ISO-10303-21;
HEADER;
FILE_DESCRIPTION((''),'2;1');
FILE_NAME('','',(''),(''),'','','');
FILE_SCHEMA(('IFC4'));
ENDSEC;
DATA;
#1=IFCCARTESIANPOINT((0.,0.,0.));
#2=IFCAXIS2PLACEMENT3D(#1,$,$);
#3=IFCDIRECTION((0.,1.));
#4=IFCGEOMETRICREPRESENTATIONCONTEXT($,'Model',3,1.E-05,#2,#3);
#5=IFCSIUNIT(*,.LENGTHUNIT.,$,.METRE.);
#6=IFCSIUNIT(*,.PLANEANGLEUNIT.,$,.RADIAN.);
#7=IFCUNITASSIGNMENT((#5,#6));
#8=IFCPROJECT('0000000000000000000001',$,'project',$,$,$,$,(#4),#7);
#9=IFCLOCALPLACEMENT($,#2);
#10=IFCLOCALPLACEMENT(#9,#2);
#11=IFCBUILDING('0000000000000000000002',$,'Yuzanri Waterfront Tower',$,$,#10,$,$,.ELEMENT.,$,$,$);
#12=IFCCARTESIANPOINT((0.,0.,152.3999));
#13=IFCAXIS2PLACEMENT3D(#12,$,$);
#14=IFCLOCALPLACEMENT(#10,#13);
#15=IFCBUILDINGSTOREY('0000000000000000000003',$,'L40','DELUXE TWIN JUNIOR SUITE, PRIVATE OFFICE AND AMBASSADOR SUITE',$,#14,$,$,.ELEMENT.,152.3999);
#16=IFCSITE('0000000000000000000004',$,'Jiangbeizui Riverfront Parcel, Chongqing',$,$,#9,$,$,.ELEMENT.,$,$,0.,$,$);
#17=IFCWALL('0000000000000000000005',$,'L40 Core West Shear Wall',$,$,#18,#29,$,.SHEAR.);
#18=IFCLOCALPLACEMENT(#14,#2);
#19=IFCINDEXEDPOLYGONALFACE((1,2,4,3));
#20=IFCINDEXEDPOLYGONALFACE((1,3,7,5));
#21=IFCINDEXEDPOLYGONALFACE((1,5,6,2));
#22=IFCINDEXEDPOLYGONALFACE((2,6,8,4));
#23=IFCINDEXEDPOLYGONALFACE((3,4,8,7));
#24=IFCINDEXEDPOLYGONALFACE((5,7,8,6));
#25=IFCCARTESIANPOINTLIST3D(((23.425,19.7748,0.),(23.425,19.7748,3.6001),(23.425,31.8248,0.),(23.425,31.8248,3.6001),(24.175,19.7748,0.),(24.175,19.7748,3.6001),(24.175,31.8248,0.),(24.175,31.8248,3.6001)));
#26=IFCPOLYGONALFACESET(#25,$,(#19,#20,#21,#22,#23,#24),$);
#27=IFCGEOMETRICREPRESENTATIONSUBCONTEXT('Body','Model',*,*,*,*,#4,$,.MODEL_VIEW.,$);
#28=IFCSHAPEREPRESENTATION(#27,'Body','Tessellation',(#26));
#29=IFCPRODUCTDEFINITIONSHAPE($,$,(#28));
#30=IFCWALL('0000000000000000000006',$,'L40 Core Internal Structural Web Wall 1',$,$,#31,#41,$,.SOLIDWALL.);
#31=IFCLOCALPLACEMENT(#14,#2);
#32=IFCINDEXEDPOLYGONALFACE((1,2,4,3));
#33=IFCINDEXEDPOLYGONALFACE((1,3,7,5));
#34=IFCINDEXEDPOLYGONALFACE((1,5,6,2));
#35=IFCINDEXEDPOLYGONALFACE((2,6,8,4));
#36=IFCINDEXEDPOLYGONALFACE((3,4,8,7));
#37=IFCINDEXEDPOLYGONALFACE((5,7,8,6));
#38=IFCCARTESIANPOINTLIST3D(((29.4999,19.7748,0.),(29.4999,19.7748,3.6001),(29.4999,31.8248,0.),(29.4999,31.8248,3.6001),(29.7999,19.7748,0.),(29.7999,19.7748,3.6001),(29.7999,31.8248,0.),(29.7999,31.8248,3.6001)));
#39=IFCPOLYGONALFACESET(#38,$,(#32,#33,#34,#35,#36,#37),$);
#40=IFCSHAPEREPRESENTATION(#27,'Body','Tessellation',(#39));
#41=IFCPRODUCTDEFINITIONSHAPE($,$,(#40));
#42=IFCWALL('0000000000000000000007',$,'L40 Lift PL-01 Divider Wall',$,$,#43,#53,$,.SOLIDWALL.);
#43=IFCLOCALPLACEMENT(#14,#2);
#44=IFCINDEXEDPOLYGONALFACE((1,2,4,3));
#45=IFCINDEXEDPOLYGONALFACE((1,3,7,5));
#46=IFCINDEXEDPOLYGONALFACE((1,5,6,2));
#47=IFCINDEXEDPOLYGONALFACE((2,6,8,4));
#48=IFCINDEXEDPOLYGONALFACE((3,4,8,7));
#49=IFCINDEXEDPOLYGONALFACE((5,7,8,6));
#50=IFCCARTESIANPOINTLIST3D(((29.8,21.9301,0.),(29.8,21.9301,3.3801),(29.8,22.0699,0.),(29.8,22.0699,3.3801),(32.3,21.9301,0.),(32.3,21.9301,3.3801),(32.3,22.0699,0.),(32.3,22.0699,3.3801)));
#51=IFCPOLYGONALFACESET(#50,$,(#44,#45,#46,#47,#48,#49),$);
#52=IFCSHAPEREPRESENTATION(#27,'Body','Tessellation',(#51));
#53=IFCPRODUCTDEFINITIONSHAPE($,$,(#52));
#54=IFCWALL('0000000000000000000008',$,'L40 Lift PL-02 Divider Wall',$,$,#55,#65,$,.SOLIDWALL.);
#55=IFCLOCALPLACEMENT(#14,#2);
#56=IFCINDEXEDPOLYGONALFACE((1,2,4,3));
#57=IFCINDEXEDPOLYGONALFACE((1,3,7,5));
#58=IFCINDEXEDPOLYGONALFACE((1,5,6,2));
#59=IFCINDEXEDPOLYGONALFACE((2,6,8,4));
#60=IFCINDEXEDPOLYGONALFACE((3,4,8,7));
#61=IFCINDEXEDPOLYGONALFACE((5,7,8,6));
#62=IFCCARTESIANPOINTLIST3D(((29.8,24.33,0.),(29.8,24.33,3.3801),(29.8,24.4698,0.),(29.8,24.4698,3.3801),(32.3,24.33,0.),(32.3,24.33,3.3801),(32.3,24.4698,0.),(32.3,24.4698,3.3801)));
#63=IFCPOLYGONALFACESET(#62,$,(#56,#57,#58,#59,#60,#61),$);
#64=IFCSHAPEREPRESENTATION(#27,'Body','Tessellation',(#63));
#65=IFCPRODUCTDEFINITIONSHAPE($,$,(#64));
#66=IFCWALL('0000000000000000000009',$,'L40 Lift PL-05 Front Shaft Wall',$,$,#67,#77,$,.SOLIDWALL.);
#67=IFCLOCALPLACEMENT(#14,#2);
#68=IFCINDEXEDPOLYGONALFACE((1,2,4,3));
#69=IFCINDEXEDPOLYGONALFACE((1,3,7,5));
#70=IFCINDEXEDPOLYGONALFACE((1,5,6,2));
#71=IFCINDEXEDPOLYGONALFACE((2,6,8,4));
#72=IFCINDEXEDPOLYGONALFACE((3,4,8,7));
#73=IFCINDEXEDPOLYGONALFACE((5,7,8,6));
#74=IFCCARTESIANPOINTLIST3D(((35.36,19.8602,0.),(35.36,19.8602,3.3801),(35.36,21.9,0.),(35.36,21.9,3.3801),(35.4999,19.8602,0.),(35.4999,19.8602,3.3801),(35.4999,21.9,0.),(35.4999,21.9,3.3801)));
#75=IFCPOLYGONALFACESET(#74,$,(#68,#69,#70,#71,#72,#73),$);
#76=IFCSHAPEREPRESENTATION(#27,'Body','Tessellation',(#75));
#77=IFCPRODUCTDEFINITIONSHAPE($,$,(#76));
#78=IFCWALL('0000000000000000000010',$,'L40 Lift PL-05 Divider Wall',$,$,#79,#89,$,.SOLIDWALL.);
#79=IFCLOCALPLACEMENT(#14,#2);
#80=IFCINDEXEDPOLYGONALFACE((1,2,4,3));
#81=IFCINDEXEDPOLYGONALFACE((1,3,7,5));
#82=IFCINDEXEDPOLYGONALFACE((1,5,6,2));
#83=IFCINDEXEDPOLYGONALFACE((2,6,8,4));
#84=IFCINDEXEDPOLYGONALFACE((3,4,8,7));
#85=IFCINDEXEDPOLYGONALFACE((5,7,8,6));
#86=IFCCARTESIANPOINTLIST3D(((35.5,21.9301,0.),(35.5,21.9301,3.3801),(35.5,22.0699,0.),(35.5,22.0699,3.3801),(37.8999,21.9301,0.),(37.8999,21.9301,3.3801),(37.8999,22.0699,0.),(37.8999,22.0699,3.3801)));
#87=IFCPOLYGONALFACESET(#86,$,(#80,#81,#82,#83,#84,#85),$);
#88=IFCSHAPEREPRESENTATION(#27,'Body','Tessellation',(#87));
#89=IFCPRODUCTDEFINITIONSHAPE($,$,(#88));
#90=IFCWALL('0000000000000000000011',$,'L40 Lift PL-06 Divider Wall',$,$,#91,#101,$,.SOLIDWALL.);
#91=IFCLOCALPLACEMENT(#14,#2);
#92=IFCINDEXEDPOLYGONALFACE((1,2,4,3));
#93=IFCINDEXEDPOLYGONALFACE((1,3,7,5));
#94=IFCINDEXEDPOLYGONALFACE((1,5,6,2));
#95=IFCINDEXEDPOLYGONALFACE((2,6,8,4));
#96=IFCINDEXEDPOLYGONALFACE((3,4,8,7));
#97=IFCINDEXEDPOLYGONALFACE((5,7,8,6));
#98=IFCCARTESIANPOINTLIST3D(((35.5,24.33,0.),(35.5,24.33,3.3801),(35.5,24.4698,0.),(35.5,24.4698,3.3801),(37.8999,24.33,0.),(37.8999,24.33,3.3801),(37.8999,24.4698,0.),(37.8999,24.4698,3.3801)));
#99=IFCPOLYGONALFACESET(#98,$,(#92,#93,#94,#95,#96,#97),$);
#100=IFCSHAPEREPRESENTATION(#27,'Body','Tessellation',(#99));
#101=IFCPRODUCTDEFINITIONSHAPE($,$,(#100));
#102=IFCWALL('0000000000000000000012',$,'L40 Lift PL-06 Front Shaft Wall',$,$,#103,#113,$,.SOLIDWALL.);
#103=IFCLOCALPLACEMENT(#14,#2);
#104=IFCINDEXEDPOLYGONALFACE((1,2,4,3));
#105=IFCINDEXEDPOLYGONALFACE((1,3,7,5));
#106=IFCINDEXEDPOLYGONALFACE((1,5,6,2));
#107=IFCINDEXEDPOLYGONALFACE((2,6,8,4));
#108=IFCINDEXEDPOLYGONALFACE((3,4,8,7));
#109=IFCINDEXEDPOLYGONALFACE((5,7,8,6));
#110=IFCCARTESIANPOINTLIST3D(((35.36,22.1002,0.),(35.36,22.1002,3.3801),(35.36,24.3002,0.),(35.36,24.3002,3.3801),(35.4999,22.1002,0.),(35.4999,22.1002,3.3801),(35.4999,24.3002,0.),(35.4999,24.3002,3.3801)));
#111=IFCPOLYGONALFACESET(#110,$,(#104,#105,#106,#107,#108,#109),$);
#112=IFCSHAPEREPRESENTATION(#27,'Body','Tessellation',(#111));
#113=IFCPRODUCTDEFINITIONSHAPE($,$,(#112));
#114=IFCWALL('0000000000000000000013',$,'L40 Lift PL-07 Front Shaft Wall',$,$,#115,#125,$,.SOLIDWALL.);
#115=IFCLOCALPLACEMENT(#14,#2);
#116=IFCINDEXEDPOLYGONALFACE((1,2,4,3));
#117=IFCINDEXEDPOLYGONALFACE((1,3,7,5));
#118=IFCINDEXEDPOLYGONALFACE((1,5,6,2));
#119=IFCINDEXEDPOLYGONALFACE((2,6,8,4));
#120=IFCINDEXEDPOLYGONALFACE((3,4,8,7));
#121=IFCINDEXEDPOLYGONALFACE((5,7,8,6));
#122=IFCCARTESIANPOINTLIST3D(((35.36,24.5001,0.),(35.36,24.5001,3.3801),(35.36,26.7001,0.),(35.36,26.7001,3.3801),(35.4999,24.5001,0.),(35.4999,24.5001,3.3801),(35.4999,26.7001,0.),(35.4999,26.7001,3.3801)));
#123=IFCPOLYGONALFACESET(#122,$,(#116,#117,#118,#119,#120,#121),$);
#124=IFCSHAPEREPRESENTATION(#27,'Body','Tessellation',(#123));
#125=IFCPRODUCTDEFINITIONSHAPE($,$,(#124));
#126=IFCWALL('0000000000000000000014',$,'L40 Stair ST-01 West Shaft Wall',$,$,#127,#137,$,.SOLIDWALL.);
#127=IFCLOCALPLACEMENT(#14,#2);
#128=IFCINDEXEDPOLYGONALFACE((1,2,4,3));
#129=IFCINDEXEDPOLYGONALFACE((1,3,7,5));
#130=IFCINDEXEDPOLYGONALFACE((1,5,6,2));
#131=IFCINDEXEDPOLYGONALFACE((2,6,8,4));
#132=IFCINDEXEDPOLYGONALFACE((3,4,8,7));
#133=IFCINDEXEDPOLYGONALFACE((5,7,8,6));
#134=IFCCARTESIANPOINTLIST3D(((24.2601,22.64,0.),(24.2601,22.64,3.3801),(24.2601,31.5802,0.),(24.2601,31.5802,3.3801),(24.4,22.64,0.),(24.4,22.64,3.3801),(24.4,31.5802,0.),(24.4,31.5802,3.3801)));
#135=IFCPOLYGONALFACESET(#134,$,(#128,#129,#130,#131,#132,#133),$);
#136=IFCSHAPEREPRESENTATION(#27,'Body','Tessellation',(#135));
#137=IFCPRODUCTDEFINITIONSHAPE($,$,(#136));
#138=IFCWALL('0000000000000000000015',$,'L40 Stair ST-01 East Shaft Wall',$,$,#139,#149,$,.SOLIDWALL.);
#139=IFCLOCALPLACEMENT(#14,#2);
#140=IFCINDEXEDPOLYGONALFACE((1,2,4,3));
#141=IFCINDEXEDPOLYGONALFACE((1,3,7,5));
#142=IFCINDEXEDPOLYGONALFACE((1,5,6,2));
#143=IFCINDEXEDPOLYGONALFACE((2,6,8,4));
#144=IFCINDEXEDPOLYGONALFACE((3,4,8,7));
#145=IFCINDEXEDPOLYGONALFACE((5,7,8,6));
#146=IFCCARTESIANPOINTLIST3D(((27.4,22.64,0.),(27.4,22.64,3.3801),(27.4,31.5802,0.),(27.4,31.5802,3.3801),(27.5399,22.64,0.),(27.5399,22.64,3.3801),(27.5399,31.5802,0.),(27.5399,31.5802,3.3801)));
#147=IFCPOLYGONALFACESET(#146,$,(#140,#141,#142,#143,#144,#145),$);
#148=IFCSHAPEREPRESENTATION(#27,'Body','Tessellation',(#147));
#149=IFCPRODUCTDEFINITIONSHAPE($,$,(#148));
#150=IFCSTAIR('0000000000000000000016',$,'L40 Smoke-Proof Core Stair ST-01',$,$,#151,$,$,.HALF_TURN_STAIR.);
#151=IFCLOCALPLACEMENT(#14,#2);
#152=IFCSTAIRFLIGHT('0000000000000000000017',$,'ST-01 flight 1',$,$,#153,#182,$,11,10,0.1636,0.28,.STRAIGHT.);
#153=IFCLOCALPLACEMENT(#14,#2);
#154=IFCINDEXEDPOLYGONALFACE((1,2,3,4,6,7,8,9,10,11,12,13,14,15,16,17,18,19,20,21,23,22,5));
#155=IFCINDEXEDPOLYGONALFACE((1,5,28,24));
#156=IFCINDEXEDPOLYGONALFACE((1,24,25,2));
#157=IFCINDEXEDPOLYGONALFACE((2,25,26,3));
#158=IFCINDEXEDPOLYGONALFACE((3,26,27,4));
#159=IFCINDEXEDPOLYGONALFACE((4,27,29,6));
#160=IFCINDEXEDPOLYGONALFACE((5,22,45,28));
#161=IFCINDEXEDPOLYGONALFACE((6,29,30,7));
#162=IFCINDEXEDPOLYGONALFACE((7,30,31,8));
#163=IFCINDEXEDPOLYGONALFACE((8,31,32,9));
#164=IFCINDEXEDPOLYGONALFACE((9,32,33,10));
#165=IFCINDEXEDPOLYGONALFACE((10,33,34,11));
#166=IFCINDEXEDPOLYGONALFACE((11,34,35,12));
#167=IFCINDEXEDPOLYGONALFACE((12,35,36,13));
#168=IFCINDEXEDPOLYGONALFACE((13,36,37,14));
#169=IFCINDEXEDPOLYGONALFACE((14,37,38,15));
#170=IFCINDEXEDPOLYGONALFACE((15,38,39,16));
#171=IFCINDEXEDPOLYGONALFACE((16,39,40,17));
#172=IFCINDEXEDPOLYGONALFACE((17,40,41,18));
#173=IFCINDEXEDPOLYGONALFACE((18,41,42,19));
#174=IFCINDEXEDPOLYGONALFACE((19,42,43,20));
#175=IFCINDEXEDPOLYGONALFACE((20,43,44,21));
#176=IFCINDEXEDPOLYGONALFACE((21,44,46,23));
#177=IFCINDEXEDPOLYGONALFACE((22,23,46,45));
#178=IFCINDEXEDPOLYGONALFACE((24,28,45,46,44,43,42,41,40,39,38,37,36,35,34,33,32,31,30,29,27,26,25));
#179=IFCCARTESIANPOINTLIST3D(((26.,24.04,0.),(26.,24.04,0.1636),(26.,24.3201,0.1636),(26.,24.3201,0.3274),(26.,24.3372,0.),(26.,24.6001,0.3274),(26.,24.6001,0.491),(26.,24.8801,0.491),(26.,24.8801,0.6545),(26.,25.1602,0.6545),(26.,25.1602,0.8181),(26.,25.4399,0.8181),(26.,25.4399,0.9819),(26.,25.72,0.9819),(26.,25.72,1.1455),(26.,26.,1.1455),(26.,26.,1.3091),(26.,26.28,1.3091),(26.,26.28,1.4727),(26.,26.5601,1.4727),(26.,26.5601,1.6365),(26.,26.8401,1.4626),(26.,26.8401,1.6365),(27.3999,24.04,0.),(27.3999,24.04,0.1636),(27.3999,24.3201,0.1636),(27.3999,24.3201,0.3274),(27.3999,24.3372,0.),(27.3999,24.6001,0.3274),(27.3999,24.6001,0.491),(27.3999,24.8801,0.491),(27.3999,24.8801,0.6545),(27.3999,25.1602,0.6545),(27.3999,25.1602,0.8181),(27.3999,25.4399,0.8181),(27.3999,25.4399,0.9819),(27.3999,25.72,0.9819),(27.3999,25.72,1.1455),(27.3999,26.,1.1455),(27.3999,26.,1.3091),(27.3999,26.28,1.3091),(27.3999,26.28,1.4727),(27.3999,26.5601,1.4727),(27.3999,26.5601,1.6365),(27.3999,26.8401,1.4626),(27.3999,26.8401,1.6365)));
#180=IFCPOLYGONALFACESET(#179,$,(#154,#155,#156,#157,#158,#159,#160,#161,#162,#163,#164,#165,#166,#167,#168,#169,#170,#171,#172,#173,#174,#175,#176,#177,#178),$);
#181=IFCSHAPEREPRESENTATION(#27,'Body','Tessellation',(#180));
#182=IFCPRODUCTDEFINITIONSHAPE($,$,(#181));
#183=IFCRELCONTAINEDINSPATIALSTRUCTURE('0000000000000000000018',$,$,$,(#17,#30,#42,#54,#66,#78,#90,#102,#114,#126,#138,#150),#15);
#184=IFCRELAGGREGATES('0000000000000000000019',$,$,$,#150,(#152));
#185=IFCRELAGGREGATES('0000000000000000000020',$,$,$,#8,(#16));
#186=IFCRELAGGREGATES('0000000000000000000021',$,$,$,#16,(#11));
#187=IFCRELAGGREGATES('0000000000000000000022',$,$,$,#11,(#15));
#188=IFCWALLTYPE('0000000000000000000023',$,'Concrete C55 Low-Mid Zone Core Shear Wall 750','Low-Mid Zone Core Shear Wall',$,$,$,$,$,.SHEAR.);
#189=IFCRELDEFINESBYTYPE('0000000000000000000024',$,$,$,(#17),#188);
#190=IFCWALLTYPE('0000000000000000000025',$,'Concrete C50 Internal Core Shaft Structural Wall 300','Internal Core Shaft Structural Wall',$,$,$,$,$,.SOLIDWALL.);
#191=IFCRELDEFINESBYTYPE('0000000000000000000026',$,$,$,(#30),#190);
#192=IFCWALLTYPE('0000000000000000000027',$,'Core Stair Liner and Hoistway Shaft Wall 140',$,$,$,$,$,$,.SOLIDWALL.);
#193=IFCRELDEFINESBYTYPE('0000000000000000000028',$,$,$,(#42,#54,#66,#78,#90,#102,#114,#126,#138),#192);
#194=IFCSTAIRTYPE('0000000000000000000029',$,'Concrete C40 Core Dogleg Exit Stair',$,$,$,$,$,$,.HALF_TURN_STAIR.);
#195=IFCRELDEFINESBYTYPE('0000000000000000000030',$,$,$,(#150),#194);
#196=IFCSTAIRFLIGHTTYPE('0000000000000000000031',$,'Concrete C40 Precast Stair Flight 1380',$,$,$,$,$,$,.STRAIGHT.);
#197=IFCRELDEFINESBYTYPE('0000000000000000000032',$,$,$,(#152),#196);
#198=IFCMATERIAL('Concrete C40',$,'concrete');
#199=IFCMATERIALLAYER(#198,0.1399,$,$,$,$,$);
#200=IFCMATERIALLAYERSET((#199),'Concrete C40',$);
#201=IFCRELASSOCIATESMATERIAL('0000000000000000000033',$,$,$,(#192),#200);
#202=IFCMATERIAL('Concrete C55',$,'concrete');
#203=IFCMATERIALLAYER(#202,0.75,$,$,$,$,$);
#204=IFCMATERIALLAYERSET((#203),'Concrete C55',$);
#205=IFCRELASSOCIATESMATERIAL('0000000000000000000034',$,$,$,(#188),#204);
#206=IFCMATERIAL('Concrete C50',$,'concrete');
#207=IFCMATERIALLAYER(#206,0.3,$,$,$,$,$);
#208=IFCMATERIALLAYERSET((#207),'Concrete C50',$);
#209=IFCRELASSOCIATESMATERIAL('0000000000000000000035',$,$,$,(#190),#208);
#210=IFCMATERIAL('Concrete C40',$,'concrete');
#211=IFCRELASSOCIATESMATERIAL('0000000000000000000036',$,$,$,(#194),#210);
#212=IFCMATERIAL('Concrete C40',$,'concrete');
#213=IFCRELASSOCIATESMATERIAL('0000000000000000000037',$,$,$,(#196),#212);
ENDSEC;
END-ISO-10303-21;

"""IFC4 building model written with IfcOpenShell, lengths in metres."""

from ifc_helpers import new_model, si_unit, direction, frame, frame_2d, origin, place, context, subcontext, project, spatial, polyline, rectangle, outline, extrude, source, transform, mapped, material, layer, layer_set, type_object, element, aggregate, save


model = new_model("IFC4")

# Units and contexts
model_context = context("Model", 3, precision=1e-05, world=origin(), true_north=direction((0.0, 1.0)))
body_context = subcontext(model_context, "Body", "Model", "MODEL_VIEW")
ifc_project = project(units=[si_unit("LENGTHUNIT", "METRE"), si_unit("PLANEANGLEUNIT", "RADIAN")], contexts=[model_context])

# Site, building, storey
site_placement = place(None, origin())
site = spatial("IfcSite", under=ifc_project, at=site_placement, Name="Jiangbeizui Riverfront Parcel, Chongqing", CompositionType="ELEMENT", RefElevation=0.0)
building_placement = place(site_placement, origin())
building = spatial("IfcBuilding", under=site, at=building_placement, Name="Yuzanri Waterfront Tower", CompositionType="ELEMENT")
storey_placement = place(building_placement, frame((0.0, 0.0, 152.3999)))
storey = spatial("IfcBuildingStorey", under=building, at=storey_placement, Name="L40", Description="DELUXE TWIN JUNIOR SUITE, PRIVATE OFFICE AND AMBASSADOR SUITE", CompositionType="ELEMENT", Elevation=152.3999)

# Shared definitions
ifc_material_1 = material(Name="Concrete C40", Category="concrete")
ifc_layer_1 = layer(ifc_material_1, 0.1399)
ifc_layer_set_1 = layer_set([ifc_layer_1], Name="Concrete C40")
wall_type_1 = type_object("IfcWallType", Name="Core Stair Liner and Hoistway Shaft Wall 140", PredefinedType="SOLIDWALL", material=ifc_layer_set_1)

# Walls
ifc_material_2 = material(Name="Concrete C55", Category="concrete")
ifc_layer_2 = layer(ifc_material_2, 0.75)
ifc_layer_set_2 = layer_set([ifc_layer_2], Name="Concrete C55")
wall_type_2 = type_object("IfcWallType", Name="Concrete C55 Low-Mid Zone Core Shear Wall 750", Description="Low-Mid Zone Core Shear Wall", PredefinedType="SHEAR", material=ifc_layer_set_2)
shared_shape_1 = source(origin(), body_context, "Body", "SweptSolid", [
    extrude(rectangle(XDim=12.05, YDim=0.75, at=frame_2d((6.0249, 0.0))), origin(), (0.0, 0.0, 1.0), 3.6001),
])
wall_1_placement = place(storey_placement, frame((23.8, 19.7749, 0.0), z_axis=(0.0, 0.0, 1.0), x_axis=(0.0, 1.0, 0.0)))
element("IfcWall", 1, at=wall_1_placement, inside=storey, type_object=wall_type_2, Name="L40 Core West Shear Wall", PredefinedType="SHEAR", context=body_context, shape_type="MappedRepresentation", body=[
    mapped(shared_shape_1, transform((0.0, 0.0, 0.0), scale=1.0)),
])
ifc_material_3 = material(Name="Concrete C50", Category="concrete")
ifc_layer_3 = layer(ifc_material_3, 0.3)
ifc_layer_set_3 = layer_set([ifc_layer_3], Name="Concrete C50")
wall_type_3 = type_object("IfcWallType", Name="Concrete C50 Internal Core Shaft Structural Wall 300", Description="Internal Core Shaft Structural Wall", PredefinedType="SOLIDWALL", material=ifc_layer_set_3)
shared_shape_2 = source(origin(), body_context, "Body", "SweptSolid", [
    extrude(rectangle(XDim=12.05, YDim=0.3, at=frame_2d((6.0249, 0.0))), origin(), (0.0, 0.0, 1.0), 3.6001),
])
wall_2_placement = place(storey_placement, frame((29.6499, 19.7749, 0.0), z_axis=(0.0, 0.0, 1.0), x_axis=(0.0, 1.0, 0.0)))
element("IfcWall", 2, at=wall_2_placement, inside=storey, type_object=wall_type_3, Name="L40 Core Internal Structural Web Wall 1", PredefinedType="SOLIDWALL", context=body_context, shape_type="MappedRepresentation", body=[
    mapped(shared_shape_2, transform((0.0, 0.0, 0.0), scale=1.0)),
])
shared_shape_3 = source(origin(), body_context, "Body", "SweptSolid", [
    extrude(rectangle(XDim=2.5, YDim=0.1399, at=frame_2d((1.25, 0.0))), origin(), (0.0, 0.0, 1.0), 3.3801),
])
for number, where, z_axis, x_axis, name in (
    (3, (29.8, 22.0, 0.0), (0.0, 0.0, 1.0), (1.0, 0.0, 0.0), "L40 Lift PL-01 Divider Wall"),
    (4, (29.8, 24.3999, 0.0), (0.0, 0.0, 1.0), (1.0, 0.0, 0.0), "L40 Lift PL-02 Divider Wall"),
):
    element("IfcWall", number, at=place(storey_placement, frame(where, z_axis=z_axis, x_axis=x_axis)), inside=storey, type_object=wall_type_1, Name=name, PredefinedType="SOLIDWALL", context=body_context, shape_type="MappedRepresentation", body=[
        mapped(shared_shape_3, transform((0.0, 0.0, 0.0), scale=1.0)),
    ])
shared_shape_4 = source(origin(), body_context, "Body", "SweptSolid", [
    extrude(rectangle(XDim=2.0398, YDim=0.1399, at=frame_2d((1.02, 0.0))), origin(), (0.0, 0.0, 1.0), 3.3801),
])
wall_3_placement = place(storey_placement, frame((35.4299, 19.8601, 0.0), z_axis=(0.0, 0.0, 1.0), x_axis=(0.0, 1.0, 0.0)))
element("IfcWall", 5, at=wall_3_placement, inside=storey, type_object=wall_type_1, Name="L40 Lift PL-05 Front Shaft Wall", PredefinedType="SOLIDWALL", context=body_context, shape_type="MappedRepresentation", body=[
    mapped(shared_shape_4, transform((0.0, 0.0, 0.0), scale=1.0)),
])
shared_shape_5 = source(origin(), body_context, "Body", "SweptSolid", [
    extrude(rectangle(XDim=2.3999, YDim=0.1399, at=frame_2d((1.2, 0.0))), origin(), (0.0, 0.0, 1.0), 3.3801),
])
for number, where, z_axis, x_axis, name in (
    (6, (35.5, 22.0, 0.0), (0.0, 0.0, 1.0), (1.0, 0.0, 0.0), "L40 Lift PL-05 Divider Wall"),
    (7, (35.5, 24.3999, 0.0), (0.0, 0.0, 1.0), (1.0, 0.0, 0.0), "L40 Lift PL-06 Divider Wall"),
):
    element("IfcWall", number, at=place(storey_placement, frame(where, z_axis=z_axis, x_axis=x_axis)), inside=storey, type_object=wall_type_1, Name=name, PredefinedType="SOLIDWALL", context=body_context, shape_type="MappedRepresentation", body=[
        mapped(shared_shape_5, transform((0.0, 0.0, 0.0), scale=1.0)),
    ])
shared_shape_6 = source(origin(), body_context, "Body", "SweptSolid", [
    extrude(rectangle(XDim=2.2, YDim=0.1399, at=frame_2d((1.1001, 0.0))), origin(), (0.0, 0.0, 1.0), 3.3801),
])
for number, where, z_axis, x_axis, name in (
    (8, (35.4299, 22.1001, 0.0), (0.0, 0.0, 1.0), (0.0, 1.0, 0.0), "L40 Lift PL-06 Front Shaft Wall"),
    (9, (35.4299, 24.5, 0.0), (0.0, 0.0, 1.0), (0.0, 1.0, 0.0), "L40 Lift PL-07 Front Shaft Wall"),
):
    element("IfcWall", number, at=place(storey_placement, frame(where, z_axis=z_axis, x_axis=x_axis)), inside=storey, type_object=wall_type_1, Name=name, PredefinedType="SOLIDWALL", context=body_context, shape_type="MappedRepresentation", body=[
        mapped(shared_shape_6, transform((0.0, 0.0, 0.0), scale=1.0)),
    ])
shared_shape_7 = source(origin(), body_context, "Body", "SweptSolid", [
    extrude(rectangle(XDim=8.9402, YDim=0.1399, at=frame_2d((4.4702, 0.0))), origin(), (0.0, 0.0, 1.0), 3.3801),
])
for number, where, z_axis, x_axis, name in (
    (10, (24.3301, 22.6399, 0.0), (0.0, 0.0, 1.0), (0.0, 1.0, 0.0), "L40 Stair ST-01 West Shaft Wall"),
    (11, (27.47, 22.6399, 0.0), (0.0, 0.0, 1.0), (0.0, 1.0, 0.0), "L40 Stair ST-01 East Shaft Wall"),
):
    element("IfcWall", number, at=place(storey_placement, frame(where, z_axis=z_axis, x_axis=x_axis)), inside=storey, type_object=wall_type_1, Name=name, PredefinedType="SOLIDWALL", context=body_context, shape_type="MappedRepresentation", body=[
        mapped(shared_shape_7, transform((0.0, 0.0, 0.0), scale=1.0)),
    ])

# Stair, stair flight
ifc_material_4 = material(Name="Concrete C40", Category="concrete")
stair_type = type_object("IfcStairType", Name="Concrete C40 Core Dogleg Exit Stair", PredefinedType="HALF_TURN_STAIR", material=ifc_material_4)
stair_placement = place(storey_placement, origin())
stair = element("IfcStair", 12, at=stair_placement, inside=storey, type_object=stair_type, Name="L40 Smoke-Proof Core Stair ST-01", PredefinedType="HALF_TURN_STAIR")
ifc_material_5 = material(Name="Concrete C40", Category="concrete")
stair_flight_type = type_object("IfcStairFlightType", Name="Concrete C40 Precast Stair Flight 1380", PredefinedType="STRAIGHT", material=ifc_material_5)
shared_shape_8 = source(origin(), body_context, "Body", "SweptSolid", [
    extrude(outline(polyline([(0.0, 0.0), (0.0, 0.1636), (0.28, 0.1636), (0.28, 0.3274), (0.5601, 0.3274), (0.5601, 0.491), (0.8401, 0.491), (0.8401, 0.6545), (1.1201, 0.6545), (1.1201, 0.8181), (1.3999, 0.8181), (1.3999, 0.9819), (1.6799, 0.9819), (1.6799, 1.1455), (1.96, 1.1455), (1.96, 1.3091), (2.24, 1.3091), (2.24, 1.4727), (2.52, 1.4727), (2.52, 1.6365), (2.8, 1.6365), (2.8, 1.8), (2.8, 1.4626), (0.2971, 0.0), (0.0, 0.0)])), frame((0.0, 0.7, 0.0), z_axis=(0.0, -1.0, 0.0), x_axis=(1.0, 0.0, 0.0)), (0.0, 0.0, 1.0), 1.3999),
])
stair_flight_placement = place(storey_placement, frame((26.7, 24.04, 0.0), z_axis=(0.0, 0.0, 1.0), x_axis=(0.0, 1.0, 0.0)))
stair_flight = element("IfcStairFlight", 13, at=stair_flight_placement, type_object=stair_flight_type, Name="ST-01 flight 1", NumberOfRisers=11, NumberOfTreads=10, PredefinedType="STRAIGHT", RiserHeight=0.1636, TreadLength=0.28, context=body_context, shape_type="MappedRepresentation", body=[
    mapped(shared_shape_8, transform((0.0, 0.0, 0.0), scale=1.0)),
])
aggregate(stair, [stair_flight])

save(model, "model.ifc")
